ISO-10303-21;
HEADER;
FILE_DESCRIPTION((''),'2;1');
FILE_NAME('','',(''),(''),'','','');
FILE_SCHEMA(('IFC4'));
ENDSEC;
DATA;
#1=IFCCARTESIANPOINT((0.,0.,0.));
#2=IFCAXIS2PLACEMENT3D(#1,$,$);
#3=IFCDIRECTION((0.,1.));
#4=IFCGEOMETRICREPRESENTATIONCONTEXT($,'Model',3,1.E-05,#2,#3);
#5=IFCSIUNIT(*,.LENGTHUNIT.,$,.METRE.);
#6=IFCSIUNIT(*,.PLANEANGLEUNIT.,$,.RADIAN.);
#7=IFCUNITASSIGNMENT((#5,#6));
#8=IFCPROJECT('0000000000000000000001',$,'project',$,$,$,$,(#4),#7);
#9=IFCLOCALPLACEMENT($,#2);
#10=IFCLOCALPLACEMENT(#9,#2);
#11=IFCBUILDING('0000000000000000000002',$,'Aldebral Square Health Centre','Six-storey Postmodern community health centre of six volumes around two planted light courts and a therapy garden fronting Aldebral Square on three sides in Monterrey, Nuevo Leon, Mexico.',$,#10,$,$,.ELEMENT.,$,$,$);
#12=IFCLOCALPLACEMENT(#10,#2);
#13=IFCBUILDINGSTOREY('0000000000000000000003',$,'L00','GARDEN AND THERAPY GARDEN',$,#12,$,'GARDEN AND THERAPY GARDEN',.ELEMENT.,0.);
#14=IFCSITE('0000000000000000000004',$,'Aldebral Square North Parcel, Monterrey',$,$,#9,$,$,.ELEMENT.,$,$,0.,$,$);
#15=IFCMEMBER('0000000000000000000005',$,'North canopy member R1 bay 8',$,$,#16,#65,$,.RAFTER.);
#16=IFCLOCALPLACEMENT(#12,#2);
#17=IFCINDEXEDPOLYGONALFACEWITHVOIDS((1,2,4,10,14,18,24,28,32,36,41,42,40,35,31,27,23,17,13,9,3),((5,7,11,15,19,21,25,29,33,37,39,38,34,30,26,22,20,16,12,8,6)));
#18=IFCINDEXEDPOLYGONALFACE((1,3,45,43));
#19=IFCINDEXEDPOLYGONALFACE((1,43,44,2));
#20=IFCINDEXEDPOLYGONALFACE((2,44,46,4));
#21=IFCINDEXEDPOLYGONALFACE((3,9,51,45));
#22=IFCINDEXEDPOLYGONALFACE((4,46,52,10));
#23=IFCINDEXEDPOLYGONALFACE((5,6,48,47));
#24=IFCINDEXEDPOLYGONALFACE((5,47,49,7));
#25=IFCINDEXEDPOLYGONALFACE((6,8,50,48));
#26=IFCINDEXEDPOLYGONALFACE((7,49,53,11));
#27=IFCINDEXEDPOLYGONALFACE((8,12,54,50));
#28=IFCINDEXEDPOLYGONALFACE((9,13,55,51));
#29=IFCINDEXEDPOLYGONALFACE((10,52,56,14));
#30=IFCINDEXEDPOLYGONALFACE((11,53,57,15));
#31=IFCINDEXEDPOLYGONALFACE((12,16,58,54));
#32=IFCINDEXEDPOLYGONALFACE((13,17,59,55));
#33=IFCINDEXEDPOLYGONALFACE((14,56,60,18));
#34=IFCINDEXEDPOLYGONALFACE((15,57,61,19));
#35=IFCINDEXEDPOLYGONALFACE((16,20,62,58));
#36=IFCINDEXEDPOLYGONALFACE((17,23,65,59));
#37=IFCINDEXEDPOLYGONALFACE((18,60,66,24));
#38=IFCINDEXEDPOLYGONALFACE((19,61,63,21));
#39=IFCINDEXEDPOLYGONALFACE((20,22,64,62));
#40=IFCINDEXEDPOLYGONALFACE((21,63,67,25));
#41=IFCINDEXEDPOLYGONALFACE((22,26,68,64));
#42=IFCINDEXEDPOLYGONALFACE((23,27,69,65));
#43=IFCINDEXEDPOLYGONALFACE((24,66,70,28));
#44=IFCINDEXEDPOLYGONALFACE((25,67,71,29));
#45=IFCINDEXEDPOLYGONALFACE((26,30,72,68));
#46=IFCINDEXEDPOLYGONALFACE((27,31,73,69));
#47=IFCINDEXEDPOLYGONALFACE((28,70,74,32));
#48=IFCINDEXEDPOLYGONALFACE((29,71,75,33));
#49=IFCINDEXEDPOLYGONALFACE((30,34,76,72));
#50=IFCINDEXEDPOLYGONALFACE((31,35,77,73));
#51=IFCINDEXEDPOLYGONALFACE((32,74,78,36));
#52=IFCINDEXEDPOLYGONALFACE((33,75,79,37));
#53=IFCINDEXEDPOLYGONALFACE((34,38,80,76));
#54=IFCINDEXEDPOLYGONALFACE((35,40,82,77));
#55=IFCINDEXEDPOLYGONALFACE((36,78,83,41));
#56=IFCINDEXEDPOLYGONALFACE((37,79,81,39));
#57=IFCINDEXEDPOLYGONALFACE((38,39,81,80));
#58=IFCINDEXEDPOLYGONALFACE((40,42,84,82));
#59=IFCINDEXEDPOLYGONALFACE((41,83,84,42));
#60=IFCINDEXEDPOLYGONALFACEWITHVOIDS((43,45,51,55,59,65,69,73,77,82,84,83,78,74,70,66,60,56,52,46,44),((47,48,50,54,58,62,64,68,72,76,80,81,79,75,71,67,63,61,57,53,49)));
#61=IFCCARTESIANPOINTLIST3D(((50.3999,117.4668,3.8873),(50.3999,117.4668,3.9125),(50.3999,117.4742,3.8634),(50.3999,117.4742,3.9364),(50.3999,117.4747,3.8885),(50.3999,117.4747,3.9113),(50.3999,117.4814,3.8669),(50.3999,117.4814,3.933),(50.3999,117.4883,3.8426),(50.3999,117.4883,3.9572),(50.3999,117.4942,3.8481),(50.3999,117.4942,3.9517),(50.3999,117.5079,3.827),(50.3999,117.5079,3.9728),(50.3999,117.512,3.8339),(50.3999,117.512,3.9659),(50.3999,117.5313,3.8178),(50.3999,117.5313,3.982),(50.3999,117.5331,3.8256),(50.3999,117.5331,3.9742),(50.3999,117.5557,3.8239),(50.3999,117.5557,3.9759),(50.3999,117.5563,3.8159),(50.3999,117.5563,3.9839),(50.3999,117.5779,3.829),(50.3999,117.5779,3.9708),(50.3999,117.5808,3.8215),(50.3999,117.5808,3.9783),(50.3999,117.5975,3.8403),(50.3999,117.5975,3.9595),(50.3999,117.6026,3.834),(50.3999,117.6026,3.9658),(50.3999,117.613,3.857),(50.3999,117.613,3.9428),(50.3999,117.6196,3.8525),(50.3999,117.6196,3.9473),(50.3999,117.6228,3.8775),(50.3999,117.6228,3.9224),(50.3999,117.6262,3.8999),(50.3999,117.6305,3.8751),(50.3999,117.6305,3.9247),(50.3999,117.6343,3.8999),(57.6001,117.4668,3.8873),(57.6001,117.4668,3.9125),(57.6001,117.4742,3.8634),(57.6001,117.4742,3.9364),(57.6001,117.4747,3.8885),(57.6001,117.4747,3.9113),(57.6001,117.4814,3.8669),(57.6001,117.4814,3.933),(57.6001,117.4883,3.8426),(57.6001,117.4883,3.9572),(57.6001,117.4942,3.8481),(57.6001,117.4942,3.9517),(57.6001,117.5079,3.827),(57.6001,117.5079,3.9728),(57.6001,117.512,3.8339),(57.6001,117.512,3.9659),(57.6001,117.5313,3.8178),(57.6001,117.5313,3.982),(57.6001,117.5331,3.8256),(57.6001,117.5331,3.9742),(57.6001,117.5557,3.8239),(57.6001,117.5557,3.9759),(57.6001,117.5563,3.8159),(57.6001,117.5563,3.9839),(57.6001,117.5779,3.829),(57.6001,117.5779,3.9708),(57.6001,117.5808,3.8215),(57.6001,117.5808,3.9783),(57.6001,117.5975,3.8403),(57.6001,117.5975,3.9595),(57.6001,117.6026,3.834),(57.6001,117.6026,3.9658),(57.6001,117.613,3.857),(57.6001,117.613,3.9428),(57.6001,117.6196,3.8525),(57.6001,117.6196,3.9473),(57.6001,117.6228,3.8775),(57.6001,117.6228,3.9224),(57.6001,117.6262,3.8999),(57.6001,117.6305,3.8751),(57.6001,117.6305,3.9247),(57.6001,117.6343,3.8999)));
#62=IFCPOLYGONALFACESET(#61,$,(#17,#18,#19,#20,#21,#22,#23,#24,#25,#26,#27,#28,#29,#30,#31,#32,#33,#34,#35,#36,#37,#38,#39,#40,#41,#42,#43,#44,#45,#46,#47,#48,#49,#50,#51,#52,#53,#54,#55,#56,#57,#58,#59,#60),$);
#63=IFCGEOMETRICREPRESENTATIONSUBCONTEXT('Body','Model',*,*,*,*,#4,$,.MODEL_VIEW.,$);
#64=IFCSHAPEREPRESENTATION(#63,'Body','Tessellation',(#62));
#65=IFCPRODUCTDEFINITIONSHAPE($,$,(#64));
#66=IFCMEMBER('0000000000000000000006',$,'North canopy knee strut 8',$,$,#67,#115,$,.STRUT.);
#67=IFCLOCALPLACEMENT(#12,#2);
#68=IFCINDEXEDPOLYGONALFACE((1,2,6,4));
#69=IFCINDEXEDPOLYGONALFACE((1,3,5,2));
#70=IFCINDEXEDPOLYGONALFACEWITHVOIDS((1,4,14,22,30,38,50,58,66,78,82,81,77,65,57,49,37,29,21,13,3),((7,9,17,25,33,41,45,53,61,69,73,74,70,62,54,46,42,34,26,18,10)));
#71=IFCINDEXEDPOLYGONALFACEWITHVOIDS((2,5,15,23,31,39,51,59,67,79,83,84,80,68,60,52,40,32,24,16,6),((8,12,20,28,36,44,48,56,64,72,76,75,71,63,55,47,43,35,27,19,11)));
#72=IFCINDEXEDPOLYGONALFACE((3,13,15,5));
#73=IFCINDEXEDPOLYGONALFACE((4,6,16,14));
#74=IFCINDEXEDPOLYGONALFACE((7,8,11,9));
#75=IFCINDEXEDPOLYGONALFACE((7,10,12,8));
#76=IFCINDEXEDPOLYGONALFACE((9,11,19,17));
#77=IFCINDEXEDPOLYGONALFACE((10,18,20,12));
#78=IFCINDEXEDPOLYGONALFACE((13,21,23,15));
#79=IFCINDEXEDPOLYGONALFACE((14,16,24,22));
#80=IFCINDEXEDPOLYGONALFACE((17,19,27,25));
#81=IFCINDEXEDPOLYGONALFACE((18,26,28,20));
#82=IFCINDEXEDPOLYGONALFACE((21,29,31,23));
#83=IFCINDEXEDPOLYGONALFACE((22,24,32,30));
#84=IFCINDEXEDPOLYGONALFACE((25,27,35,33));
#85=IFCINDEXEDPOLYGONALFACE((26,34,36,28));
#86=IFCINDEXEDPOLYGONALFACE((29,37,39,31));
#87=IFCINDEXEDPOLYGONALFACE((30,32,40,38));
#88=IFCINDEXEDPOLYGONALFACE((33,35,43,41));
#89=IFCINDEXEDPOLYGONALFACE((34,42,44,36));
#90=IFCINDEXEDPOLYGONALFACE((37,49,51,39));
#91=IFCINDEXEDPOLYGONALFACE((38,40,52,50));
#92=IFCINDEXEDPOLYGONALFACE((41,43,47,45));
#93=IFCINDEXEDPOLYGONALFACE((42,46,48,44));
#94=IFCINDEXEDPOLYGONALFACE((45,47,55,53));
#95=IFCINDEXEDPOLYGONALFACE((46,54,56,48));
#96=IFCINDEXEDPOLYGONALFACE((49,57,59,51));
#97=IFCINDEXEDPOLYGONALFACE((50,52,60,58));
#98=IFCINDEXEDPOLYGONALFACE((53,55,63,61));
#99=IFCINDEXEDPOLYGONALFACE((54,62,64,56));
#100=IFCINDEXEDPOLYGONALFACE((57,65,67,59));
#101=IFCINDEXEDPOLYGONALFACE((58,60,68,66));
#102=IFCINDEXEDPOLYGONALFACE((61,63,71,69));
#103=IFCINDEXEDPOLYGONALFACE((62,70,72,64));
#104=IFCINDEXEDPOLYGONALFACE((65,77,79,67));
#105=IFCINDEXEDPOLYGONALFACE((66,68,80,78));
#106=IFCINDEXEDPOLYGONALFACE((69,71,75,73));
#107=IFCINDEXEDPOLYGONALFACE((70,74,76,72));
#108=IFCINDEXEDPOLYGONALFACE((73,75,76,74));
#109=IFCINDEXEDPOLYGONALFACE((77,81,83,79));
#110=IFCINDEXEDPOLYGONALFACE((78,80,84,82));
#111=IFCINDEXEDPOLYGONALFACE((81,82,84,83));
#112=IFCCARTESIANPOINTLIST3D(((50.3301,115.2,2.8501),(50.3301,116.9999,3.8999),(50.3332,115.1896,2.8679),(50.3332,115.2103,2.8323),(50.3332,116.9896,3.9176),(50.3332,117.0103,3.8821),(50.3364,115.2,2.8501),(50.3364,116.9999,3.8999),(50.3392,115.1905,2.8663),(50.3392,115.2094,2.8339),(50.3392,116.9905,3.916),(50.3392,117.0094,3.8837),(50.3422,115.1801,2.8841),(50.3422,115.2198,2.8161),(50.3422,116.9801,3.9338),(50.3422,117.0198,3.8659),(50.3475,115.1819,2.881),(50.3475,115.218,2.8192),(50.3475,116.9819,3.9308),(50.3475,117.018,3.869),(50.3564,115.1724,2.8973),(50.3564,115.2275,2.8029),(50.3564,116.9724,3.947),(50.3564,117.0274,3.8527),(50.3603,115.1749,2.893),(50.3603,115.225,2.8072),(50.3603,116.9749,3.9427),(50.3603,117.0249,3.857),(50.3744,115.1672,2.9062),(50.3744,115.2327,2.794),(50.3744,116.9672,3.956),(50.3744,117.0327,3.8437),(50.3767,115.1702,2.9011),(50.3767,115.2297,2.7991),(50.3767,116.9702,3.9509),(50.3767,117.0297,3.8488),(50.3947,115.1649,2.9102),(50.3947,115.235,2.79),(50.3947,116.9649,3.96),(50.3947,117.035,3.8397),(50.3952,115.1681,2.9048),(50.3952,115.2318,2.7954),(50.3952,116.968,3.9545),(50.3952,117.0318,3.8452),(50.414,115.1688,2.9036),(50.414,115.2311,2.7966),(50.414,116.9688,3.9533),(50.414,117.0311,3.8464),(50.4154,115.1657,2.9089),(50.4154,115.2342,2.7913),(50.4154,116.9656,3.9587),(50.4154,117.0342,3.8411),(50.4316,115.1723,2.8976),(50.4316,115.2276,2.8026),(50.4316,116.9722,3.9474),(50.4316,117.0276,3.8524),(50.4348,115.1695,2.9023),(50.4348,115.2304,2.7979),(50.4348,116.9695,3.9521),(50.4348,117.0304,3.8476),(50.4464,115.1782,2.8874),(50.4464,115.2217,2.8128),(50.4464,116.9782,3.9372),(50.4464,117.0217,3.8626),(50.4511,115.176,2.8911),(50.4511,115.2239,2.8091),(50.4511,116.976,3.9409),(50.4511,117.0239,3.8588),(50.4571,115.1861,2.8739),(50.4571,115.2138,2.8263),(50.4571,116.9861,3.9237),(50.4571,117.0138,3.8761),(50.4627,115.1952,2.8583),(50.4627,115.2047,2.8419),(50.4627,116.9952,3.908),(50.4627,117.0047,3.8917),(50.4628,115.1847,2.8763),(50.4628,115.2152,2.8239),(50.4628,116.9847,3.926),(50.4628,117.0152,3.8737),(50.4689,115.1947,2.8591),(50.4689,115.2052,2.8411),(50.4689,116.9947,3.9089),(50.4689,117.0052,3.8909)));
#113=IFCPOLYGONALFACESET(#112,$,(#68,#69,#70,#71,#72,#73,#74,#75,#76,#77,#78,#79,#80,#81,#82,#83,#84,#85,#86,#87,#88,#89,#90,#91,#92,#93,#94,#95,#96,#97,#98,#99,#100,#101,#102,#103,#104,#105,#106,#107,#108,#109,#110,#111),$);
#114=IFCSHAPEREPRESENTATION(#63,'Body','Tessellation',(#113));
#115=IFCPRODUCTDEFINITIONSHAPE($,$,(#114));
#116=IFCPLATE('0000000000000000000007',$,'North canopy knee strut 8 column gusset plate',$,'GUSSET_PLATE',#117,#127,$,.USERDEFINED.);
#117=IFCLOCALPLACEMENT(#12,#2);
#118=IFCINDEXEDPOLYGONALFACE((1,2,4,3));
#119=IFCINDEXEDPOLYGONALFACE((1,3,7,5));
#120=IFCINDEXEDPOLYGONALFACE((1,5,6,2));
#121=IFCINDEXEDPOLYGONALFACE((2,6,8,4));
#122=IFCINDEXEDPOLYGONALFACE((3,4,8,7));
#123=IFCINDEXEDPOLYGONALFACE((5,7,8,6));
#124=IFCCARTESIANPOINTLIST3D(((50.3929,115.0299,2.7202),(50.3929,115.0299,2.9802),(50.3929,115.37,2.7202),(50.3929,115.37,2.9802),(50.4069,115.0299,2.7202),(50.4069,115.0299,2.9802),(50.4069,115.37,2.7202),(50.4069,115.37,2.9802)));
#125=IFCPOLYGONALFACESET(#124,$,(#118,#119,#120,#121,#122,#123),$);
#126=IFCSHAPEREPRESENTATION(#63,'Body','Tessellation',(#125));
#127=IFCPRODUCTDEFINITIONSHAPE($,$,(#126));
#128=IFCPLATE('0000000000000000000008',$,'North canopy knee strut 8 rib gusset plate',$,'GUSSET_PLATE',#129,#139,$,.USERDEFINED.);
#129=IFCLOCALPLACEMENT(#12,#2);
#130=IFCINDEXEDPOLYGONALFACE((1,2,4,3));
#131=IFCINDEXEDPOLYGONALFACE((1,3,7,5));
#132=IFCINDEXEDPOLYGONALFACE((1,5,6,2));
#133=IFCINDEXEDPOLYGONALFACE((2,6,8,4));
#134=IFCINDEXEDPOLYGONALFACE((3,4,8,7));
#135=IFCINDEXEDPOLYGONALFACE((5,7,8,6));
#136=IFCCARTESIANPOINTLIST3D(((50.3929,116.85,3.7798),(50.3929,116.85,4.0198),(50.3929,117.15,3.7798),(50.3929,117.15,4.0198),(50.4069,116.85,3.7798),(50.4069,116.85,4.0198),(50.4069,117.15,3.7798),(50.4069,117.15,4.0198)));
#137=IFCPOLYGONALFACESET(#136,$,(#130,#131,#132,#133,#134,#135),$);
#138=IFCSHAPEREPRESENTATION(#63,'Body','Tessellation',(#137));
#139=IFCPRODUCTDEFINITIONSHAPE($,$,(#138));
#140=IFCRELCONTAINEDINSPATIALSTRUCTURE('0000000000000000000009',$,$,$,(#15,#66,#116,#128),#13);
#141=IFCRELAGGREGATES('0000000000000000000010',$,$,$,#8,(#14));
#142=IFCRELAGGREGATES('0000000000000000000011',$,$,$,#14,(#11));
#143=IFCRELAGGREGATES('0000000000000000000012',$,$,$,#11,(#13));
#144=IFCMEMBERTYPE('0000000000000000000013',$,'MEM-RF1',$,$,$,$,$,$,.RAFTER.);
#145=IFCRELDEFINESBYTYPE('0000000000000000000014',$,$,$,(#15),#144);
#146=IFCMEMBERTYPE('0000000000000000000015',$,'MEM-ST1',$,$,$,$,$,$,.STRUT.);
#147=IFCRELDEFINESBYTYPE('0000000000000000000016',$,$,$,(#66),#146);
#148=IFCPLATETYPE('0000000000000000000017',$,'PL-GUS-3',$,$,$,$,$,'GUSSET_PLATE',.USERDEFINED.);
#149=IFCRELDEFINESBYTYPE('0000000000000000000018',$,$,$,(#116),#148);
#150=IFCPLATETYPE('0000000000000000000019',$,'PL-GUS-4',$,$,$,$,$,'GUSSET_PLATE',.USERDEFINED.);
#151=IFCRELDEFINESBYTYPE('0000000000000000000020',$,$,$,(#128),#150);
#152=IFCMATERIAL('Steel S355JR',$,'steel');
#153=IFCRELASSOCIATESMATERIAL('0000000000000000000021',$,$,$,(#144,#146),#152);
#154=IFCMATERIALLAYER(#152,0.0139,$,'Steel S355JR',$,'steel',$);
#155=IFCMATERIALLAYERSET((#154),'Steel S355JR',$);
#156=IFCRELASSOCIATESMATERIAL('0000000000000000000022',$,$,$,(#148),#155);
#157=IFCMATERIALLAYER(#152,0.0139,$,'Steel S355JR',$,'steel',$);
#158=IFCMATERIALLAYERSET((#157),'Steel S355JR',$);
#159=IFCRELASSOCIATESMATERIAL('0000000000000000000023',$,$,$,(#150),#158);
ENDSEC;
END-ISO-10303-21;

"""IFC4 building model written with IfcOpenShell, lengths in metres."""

from ifc_helpers import new_model, si_unit, direction, frame, origin, origin_2d, place, context, subcontext, project, spatial, rectangle, hollow_circle, extrude, material, layer, layer_set, material_profile, profile_set, type_object, element, save


model = new_model("IFC4")

# Units and contexts
model_context = context("Model", 3, precision=1e-05, world=origin(), true_north=direction((0.0, 1.0)))
body_context = subcontext(model_context, "Body", "Model", "MODEL_VIEW")
ifc_project = project(units=[si_unit("LENGTHUNIT", "METRE"), si_unit("PLANEANGLEUNIT", "RADIAN")], contexts=[model_context])

# Site, building, storey
site_placement = place(None, origin())
site = spatial("IfcSite", under=ifc_project, at=site_placement, Name="Aldebral Square North Parcel, Monterrey", CompositionType="ELEMENT", RefElevation=0.0)
building_placement = place(site_placement, origin())
building = spatial("IfcBuilding", under=site, at=building_placement, Name="Aldebral Square Health Centre", Description="Six-storey Postmodern community health centre of six volumes around two planted light courts and a therapy garden fronting Aldebral Square on three sides in Monterrey, Nuevo Leon, Mexico.", CompositionType="ELEMENT")
storey_placement = place(building_placement, origin())
storey = spatial("IfcBuildingStorey", under=building, at=storey_placement, Name="L00", Description="GARDEN AND THERAPY GARDEN", LongName="GARDEN AND THERAPY GARDEN", CompositionType="ELEMENT", Elevation=0.0)

# Shared definitions
ifc_material_1 = material(Name="Steel S355JR", Category="steel")

# Members
ifc_material_profile_1 = material_profile(ifc_material_1, hollow_circle(Radius=0.0842, WallThickness=0.0081, at=origin_2d()), Name="168.3x8.0 CHS")
ifc_profile_set_1 = profile_set([ifc_material_profile_1], Name="Steel S355JR")
member_type_1 = type_object("IfcMemberType", Name="MEM-RF1", PredefinedType="RAFTER", material=ifc_profile_set_1)
member_1_placement = place(storey_placement, frame((50.3999, 117.55, 3.8999), z_axis=(1.0, 0.0, 0.0), x_axis=(0.0, 1.0, 0.0)))
element("IfcMember", 1, at=member_1_placement, inside=storey, type_object=member_type_1, Name="North canopy member R1 bay 8", PredefinedType="RAFTER", context=body_context, shape_type="SweptSolid", body=[
    extrude(hollow_circle(Radius=0.0842, WallThickness=0.0081, at=origin_2d()), origin(), (0.0, 0.0, 1.0), 7.2002),
])
ifc_material_profile_2 = material_profile(ifc_material_1, hollow_circle(Radius=0.0698, WallThickness=0.0063, at=origin_2d()), Name="139.7x6.3 CHS")
ifc_profile_set_2 = profile_set([ifc_material_profile_2], Name="Steel S355JR")
member_type_2 = type_object("IfcMemberType", Name="MEM-ST1", PredefinedType="STRUT", material=ifc_profile_set_2)
member_2_placement = place(storey_placement, frame((50.3999, 115.2, 2.8501), z_axis=(0.0, 0.863826, 0.503791), x_axis=(-1.0, 0.0, 0.0)))
element("IfcMember", 2, at=member_2_placement, inside=storey, type_object=member_type_2, Name="North canopy knee strut 8", PredefinedType="STRUT", context=body_context, shape_type="SweptSolid", body=[
    extrude(hollow_circle(Radius=0.0698, WallThickness=0.0063, at=origin_2d()), origin(), (0.0, 0.0, 1.0), 2.0837),
])

# Plates
ifc_layer_1 = layer(ifc_material_1, 0.0139, Name="Steel S355JR", Category="steel")
ifc_layer_set_1 = layer_set([ifc_layer_1], Name="Steel S355JR")
plate_type_1 = type_object("IfcPlateType", Name="PL-GUS-3", ElementType="GUSSET_PLATE", PredefinedType="USERDEFINED", material=ifc_layer_set_1)
plate_1_placement = place(storey_placement, frame((50.3999, 115.2, 2.7202), z_axis=(0.0, 0.0, 1.0), x_axis=(0.0, 1.0, 0.0)))
element("IfcPlate", 3, at=plate_1_placement, inside=storey, type_object=plate_type_1, Name="North canopy knee strut 8 column gusset plate", ObjectType="GUSSET_PLATE", PredefinedType="USERDEFINED", context=body_context, shape_type="SweptSolid", body=[
    extrude(rectangle(XDim=0.3401, YDim=0.0139, at=origin_2d()), origin(), (0.0, 0.0, 1.0), 0.26),
])
ifc_layer_2 = layer(ifc_material_1, 0.0139, Name="Steel S355JR", Category="steel")
ifc_layer_set_2 = layer_set([ifc_layer_2], Name="Steel S355JR")
plate_type_2 = type_object("IfcPlateType", Name="PL-GUS-4", ElementType="GUSSET_PLATE", PredefinedType="USERDEFINED", material=ifc_layer_set_2)
plate_2_placement = place(storey_placement, frame((50.3999, 117.0, 3.7798), z_axis=(0.0, 0.0, 1.0), x_axis=(0.0, 1.0, 0.0)))
element("IfcPlate", 4, at=plate_2_placement, inside=storey, type_object=plate_type_2, Name="North canopy knee strut 8 rib gusset plate", ObjectType="GUSSET_PLATE", PredefinedType="USERDEFINED", context=body_context, shape_type="SweptSolid", body=[
    extrude(rectangle(XDim=0.3, YDim=0.0139, at=origin_2d()), origin(), (0.0, 0.0, 1.0), 0.24),
])

save(model, "model.ifc")
